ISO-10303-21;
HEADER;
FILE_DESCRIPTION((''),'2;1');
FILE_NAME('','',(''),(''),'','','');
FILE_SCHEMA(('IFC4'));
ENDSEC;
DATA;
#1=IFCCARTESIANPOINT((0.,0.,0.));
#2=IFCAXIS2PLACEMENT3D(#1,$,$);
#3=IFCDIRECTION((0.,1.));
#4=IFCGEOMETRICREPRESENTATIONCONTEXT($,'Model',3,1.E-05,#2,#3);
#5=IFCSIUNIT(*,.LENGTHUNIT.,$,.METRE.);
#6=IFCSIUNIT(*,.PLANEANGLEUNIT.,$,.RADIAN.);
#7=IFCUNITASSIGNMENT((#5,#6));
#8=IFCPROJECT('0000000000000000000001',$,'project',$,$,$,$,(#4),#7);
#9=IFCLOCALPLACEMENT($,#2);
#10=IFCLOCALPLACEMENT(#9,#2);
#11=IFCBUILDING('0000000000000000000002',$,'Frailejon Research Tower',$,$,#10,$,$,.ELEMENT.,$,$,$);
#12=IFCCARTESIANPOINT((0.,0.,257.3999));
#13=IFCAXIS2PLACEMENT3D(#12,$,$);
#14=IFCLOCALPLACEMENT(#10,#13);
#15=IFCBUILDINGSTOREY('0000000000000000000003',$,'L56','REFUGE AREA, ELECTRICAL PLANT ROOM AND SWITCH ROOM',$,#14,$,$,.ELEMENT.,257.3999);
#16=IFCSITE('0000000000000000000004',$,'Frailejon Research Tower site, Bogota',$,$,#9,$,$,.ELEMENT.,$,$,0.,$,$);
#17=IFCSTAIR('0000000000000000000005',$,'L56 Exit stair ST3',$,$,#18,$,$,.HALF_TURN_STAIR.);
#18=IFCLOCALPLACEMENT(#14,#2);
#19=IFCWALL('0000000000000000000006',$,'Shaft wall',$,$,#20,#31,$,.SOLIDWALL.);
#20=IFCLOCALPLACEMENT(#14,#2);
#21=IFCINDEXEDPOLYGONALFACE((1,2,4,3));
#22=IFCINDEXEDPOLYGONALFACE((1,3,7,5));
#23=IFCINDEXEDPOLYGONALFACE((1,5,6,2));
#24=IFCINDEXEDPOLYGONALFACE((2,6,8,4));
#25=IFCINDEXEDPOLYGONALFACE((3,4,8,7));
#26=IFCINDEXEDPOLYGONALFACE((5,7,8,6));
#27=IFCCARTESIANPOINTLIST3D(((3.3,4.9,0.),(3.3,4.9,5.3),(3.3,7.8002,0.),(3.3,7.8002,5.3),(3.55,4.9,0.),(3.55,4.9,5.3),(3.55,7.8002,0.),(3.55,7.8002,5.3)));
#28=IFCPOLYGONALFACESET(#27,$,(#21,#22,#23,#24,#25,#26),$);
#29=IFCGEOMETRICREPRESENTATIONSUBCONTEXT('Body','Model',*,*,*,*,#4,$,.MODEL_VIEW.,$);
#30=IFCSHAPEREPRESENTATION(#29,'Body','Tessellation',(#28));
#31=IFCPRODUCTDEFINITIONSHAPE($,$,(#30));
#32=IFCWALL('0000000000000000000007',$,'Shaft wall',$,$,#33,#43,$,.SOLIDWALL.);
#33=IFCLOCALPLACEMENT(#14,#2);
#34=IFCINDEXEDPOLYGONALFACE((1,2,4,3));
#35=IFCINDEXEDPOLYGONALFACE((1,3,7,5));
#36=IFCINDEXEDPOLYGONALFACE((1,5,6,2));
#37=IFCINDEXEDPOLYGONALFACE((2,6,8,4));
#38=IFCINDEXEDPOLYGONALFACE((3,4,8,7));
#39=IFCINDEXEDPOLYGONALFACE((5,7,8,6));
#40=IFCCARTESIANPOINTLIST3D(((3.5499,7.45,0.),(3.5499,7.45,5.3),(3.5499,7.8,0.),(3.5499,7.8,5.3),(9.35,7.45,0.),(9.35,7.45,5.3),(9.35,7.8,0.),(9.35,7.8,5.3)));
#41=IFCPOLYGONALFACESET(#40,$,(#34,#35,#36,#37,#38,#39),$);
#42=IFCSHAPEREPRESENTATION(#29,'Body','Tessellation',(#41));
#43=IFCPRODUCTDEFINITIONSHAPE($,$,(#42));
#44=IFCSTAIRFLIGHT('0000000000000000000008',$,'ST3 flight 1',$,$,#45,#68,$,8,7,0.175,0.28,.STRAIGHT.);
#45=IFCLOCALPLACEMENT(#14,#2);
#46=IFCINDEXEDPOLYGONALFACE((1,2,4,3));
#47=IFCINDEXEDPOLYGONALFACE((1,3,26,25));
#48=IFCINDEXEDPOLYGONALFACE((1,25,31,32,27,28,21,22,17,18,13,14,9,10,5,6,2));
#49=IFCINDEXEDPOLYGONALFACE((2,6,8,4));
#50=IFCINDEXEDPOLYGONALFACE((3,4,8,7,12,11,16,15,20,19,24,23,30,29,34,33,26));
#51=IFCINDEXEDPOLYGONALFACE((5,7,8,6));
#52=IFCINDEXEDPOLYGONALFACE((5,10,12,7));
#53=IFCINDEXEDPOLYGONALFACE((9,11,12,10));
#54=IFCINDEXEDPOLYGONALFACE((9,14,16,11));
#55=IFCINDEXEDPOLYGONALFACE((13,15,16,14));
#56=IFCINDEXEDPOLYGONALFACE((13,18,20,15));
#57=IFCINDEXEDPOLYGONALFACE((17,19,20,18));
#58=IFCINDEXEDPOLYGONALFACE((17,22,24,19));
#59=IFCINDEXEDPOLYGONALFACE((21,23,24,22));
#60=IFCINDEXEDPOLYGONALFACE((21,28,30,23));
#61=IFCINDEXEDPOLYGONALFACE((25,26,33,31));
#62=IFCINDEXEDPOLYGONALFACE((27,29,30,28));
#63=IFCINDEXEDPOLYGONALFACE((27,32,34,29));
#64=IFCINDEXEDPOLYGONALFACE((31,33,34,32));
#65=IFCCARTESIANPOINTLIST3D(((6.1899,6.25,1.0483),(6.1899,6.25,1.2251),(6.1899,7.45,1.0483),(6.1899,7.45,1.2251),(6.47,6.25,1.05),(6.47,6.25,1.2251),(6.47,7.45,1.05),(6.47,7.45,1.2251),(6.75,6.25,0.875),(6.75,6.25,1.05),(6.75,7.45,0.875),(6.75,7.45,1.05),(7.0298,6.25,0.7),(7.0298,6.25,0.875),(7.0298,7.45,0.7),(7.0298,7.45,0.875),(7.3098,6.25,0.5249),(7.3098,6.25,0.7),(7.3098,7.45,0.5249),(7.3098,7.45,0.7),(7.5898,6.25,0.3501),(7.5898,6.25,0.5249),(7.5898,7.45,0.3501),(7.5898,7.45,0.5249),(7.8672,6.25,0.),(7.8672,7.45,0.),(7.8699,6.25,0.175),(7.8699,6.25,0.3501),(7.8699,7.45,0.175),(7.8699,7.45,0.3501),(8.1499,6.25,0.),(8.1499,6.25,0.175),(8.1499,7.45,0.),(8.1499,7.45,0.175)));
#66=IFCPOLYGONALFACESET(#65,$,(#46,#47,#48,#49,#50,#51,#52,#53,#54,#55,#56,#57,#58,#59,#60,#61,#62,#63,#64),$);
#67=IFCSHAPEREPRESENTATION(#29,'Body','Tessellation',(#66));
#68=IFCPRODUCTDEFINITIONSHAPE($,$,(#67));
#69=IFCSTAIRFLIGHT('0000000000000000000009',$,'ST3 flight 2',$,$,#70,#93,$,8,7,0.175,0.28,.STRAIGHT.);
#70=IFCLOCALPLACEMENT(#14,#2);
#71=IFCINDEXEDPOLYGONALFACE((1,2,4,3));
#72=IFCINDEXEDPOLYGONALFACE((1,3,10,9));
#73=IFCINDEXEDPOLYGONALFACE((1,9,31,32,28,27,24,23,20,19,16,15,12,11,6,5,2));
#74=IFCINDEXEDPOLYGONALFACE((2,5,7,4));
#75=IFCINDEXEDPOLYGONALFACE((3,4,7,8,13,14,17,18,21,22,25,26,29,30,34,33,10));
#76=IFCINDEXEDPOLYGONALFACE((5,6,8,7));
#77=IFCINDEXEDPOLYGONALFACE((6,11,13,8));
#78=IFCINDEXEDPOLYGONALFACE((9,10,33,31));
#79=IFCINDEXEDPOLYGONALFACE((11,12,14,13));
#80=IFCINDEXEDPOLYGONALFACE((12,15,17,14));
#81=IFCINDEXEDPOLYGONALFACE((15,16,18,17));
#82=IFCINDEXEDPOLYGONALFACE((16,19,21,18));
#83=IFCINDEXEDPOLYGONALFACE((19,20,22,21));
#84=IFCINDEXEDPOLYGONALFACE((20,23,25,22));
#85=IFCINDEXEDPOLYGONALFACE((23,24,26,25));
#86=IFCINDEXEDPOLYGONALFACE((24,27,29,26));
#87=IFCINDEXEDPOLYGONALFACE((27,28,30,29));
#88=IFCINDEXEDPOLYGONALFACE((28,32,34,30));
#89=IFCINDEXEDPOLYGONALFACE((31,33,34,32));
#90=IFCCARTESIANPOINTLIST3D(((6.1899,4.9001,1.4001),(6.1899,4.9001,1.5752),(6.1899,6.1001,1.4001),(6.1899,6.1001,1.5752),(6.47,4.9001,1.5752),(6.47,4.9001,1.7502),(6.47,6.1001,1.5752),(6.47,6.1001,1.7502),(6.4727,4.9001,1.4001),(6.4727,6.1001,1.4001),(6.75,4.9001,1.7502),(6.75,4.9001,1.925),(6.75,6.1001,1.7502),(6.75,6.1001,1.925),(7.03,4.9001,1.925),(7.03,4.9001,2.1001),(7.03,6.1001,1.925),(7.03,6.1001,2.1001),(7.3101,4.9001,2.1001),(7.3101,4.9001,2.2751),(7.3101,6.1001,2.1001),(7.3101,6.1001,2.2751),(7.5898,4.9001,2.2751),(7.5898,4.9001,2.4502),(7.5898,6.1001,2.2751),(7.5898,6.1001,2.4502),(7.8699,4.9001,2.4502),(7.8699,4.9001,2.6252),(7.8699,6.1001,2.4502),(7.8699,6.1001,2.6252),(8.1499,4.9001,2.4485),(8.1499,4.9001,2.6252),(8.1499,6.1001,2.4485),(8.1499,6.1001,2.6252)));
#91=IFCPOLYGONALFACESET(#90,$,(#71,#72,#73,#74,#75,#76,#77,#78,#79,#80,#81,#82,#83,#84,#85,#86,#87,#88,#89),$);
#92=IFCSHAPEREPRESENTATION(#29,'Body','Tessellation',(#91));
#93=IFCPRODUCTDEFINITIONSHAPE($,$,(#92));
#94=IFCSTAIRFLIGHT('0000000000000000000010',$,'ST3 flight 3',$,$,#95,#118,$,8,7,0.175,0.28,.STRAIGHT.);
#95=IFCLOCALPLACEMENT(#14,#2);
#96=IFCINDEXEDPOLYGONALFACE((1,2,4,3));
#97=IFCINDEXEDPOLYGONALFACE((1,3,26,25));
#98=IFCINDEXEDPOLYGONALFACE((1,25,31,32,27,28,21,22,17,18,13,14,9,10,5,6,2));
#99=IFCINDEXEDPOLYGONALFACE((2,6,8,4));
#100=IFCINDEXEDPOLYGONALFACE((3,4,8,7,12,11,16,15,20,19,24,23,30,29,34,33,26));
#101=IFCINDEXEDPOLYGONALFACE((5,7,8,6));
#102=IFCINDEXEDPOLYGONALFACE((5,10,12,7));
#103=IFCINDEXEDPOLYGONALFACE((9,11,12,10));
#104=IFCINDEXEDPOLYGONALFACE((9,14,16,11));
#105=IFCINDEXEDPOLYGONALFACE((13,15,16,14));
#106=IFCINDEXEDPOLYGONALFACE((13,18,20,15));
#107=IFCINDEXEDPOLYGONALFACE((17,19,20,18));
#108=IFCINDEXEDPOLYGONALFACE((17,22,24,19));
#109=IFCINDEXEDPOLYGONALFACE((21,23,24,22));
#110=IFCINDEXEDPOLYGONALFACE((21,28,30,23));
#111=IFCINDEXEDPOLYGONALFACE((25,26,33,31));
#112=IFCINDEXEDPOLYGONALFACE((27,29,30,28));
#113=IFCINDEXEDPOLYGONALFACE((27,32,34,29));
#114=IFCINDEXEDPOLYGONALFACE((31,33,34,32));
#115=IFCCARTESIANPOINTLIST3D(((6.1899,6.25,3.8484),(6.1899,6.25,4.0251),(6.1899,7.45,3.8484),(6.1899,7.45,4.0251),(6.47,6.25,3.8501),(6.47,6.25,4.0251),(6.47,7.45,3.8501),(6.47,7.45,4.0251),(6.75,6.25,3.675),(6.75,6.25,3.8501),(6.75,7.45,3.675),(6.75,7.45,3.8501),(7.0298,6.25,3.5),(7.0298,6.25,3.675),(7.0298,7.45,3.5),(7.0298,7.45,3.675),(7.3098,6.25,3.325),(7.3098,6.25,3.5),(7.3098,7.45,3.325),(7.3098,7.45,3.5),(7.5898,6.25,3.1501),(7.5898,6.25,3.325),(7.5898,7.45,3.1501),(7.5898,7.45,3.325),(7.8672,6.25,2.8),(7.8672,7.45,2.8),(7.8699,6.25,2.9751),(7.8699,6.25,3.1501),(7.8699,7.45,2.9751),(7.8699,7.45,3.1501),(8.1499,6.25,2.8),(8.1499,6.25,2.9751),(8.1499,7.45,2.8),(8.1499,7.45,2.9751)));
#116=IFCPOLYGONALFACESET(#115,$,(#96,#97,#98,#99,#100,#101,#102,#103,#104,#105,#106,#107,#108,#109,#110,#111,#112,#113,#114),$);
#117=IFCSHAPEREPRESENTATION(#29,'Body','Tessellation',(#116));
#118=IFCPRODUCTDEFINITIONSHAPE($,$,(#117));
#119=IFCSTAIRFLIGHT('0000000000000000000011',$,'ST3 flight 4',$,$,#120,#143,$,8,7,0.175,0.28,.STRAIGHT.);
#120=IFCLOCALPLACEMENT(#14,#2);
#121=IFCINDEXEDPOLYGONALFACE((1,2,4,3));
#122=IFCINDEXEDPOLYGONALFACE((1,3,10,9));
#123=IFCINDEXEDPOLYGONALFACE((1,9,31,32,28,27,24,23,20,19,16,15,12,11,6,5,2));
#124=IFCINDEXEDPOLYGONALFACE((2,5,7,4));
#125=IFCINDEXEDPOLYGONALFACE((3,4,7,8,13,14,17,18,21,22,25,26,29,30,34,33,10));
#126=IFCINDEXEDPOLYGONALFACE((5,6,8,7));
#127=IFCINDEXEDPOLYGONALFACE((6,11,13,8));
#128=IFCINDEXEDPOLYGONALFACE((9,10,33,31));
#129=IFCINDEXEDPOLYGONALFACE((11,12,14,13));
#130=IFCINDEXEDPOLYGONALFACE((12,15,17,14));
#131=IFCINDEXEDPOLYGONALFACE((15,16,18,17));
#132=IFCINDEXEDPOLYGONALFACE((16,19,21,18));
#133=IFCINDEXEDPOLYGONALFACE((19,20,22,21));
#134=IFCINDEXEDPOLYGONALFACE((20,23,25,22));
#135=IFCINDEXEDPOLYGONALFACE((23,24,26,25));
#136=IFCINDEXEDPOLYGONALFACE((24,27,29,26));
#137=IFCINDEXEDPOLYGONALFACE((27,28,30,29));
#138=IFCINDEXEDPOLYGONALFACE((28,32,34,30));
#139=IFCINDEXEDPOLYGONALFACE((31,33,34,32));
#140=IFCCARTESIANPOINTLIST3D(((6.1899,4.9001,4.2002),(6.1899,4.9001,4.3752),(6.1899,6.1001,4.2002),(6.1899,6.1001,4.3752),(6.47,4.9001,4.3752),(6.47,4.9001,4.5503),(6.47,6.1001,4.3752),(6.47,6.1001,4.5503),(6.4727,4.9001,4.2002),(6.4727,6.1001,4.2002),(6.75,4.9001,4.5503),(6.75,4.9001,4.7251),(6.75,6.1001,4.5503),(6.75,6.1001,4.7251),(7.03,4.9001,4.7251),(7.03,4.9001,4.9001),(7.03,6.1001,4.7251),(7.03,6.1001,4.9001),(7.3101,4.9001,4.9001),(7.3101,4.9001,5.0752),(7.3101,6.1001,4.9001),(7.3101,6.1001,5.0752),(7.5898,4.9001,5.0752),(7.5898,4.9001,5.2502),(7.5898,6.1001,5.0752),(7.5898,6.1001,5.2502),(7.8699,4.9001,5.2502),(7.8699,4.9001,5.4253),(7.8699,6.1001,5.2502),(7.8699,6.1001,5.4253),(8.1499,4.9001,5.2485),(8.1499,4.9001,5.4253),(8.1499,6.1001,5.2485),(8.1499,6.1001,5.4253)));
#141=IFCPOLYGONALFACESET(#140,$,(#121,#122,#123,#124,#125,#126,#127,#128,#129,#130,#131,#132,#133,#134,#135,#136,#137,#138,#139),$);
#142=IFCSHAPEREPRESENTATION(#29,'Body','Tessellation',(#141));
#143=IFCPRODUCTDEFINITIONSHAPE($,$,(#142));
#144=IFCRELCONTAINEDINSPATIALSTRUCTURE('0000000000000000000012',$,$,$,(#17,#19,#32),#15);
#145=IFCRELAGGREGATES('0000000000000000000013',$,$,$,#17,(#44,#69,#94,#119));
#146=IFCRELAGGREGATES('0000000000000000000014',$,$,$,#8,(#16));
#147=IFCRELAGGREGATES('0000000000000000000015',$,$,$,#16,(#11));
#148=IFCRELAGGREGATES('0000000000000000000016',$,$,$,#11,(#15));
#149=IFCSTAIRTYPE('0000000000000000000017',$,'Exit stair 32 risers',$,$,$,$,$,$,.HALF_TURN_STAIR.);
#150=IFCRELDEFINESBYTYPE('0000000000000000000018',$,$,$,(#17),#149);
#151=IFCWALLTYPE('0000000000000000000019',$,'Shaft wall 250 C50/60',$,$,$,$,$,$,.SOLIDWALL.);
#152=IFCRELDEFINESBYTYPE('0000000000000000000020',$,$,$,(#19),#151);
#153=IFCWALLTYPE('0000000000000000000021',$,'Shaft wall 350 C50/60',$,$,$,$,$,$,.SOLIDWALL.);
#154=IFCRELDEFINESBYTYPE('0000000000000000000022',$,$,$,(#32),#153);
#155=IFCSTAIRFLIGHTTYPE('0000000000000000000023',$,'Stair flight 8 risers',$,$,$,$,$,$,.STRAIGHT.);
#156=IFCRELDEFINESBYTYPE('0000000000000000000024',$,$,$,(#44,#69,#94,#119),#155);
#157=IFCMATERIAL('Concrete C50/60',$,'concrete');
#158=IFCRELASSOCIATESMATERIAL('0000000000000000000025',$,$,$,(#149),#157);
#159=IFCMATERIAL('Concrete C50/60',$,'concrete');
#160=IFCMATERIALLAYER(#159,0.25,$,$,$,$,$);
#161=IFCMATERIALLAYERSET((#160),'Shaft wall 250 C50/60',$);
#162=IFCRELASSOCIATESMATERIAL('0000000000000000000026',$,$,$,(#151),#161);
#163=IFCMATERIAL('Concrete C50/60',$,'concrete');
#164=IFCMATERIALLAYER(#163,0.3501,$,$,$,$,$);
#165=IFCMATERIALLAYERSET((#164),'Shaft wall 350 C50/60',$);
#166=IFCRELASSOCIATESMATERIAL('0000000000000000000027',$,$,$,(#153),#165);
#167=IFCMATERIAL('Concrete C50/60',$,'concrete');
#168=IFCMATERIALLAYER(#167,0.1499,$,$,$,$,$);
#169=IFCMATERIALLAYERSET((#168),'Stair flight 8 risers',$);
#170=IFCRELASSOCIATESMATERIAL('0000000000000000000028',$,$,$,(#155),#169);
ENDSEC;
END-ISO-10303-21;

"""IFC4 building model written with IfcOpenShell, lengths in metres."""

from ifc_helpers import new_model, si_unit, direction, frame, frame_2d, origin, place, context, subcontext, project, spatial, polyline, rectangle, outline, extrude, material, layer, layer_set, type_object, element, aggregate, save


model = new_model("IFC4")

# Units and contexts
model_context = context("Model", 3, precision=1e-05, world=origin(), true_north=direction((0.0, 1.0)))
body_context = subcontext(model_context, "Body", "Model", "MODEL_VIEW")
ifc_project = project(units=[si_unit("LENGTHUNIT", "METRE"), si_unit("PLANEANGLEUNIT", "RADIAN")], contexts=[model_context])

# Site, building, storey
site_placement = place(None, origin())
site = spatial("IfcSite", under=ifc_project, at=site_placement, Name="Frailejon Research Tower site, Bogota", CompositionType="ELEMENT", RefElevation=0.0)
building_placement = place(site_placement, origin())
building = spatial("IfcBuilding", under=site, at=building_placement, Name="Frailejon Research Tower", CompositionType="ELEMENT")
storey_placement = place(building_placement, frame((0.0, 0.0, 257.3999)))
storey = spatial("IfcBuildingStorey", under=building, at=storey_placement, Name="L56", Description="REFUGE AREA, ELECTRICAL PLANT ROOM AND SWITCH ROOM", CompositionType="ELEMENT", Elevation=257.3999)

# Shared definitions
ifc_material_1 = material(Name="Concrete C50/60", Category="concrete")
stair_type = type_object("IfcStairType", Name="Exit stair 32 risers", PredefinedType="HALF_TURN_STAIR", material=ifc_material_1)

# Stair
stair_1_placement = place(storey_placement, origin())
stair_1 = element("IfcStair", 1, at=stair_1_placement, inside=storey, type_object=stair_type, Name="L56 Exit stair ST3", PredefinedType="HALF_TURN_STAIR")

# Walls
ifc_material_2 = material(Name="Concrete C50/60", Category="concrete")
ifc_layer_1 = layer(ifc_material_2, 0.25)
ifc_layer_set_1 = layer_set([ifc_layer_1], Name="Shaft wall 250 C50/60")
wall_type_1 = type_object("IfcWallType", Name="Shaft wall 250 C50/60", PredefinedType="SOLIDWALL", material=ifc_layer_set_1)
wall_1_placement = place(storey_placement, frame((3.425, 4.8999, 0.0), z_axis=(0.0, 0.0, 1.0), x_axis=(0.0, 1.0, 0.0)))
element("IfcWall", 2, at=wall_1_placement, inside=storey, type_object=wall_type_1, Name="Shaft wall", PredefinedType="SOLIDWALL", context=body_context, shape_type="SweptSolid", body=[
    extrude(rectangle(XDim=2.9001, YDim=0.25, at=frame_2d((1.4502, 0.0))), origin(), (0.0, 0.0, 1.0), 5.3),
])
ifc_material_3 = material(Name="Concrete C50/60", Category="concrete")
ifc_layer_2 = layer(ifc_material_3, 0.3501)
ifc_layer_set_2 = layer_set([ifc_layer_2], Name="Shaft wall 350 C50/60")
wall_type_2 = type_object("IfcWallType", Name="Shaft wall 350 C50/60", PredefinedType="SOLIDWALL", material=ifc_layer_set_2)
wall_2_placement = place(storey_placement, frame((3.55, 7.625, 0.0), z_axis=(0.0, 0.0, 1.0), x_axis=(1.0, 0.0, 0.0)))
element("IfcWall", 3, at=wall_2_placement, inside=storey, type_object=wall_type_2, Name="Shaft wall", PredefinedType="SOLIDWALL", context=body_context, shape_type="SweptSolid", body=[
    extrude(rectangle(XDim=5.8, YDim=0.3501, at=frame_2d((2.8999, 0.0))), origin(), (0.0, 0.0, 1.0), 5.3),
])

# Stair flights
ifc_material_4 = material(Name="Concrete C50/60", Category="concrete")
ifc_layer_3 = layer(ifc_material_4, 0.1499)
ifc_layer_set_3 = layer_set([ifc_layer_3], Name="Stair flight 8 risers")
stair_flight_type = type_object("IfcStairFlightType", Name="Stair flight 8 risers", PredefinedType="STRAIGHT", material=ifc_layer_set_3)
stair_flight_1_placement = place(storey_placement, frame((8.1499, 6.8501, 0.0), z_axis=(0.0, 0.0, 1.0), x_axis=(-1.0, 0.0, 0.0)))
stair_flight_1 = element("IfcStairFlight", 4, at=stair_flight_1_placement, type_object=stair_flight_type, Name="ST3 flight 1", NumberOfRisers=8, NumberOfTreads=7, PredefinedType="STRAIGHT", RiserHeight=0.175, TreadLength=0.28, context=body_context, shape_type="SweptSolid", body=[
    extrude(outline(polyline([(0.0, 0.0), (0.0, 0.175), (0.28, 0.175), (0.28, 0.3501), (0.5601, 0.3501), (0.5601, 0.5249), (0.8401, 0.5249), (0.8401, 0.7), (1.1201, 0.7), (1.1201, 0.875), (1.3999, 0.875), (1.3999, 1.05), (1.6799, 1.05), (1.6799, 1.2251), (1.96, 1.2251), (1.96, 1.3999), (1.96, 1.0483), (0.2827, 0.0), (0.0, 0.0)])), frame((0.0, 0.6001, 0.0), z_axis=(0.0, -1.0, 0.0), x_axis=(1.0, 0.0, 0.0)), (0.0, 0.0, 1.0), 1.2),
])
stair_flight_2_placement = place(storey_placement, frame((6.1899, 5.5, 1.4001), z_axis=(0.0, 0.0, 1.0), x_axis=(1.0, 0.0, 0.0)))
stair_flight_2 = element("IfcStairFlight", 5, at=stair_flight_2_placement, type_object=stair_flight_type, Name="ST3 flight 2", NumberOfRisers=8, NumberOfTreads=7, PredefinedType="STRAIGHT", RiserHeight=0.175, TreadLength=0.28, context=body_context, shape_type="SweptSolid", body=[
    extrude(outline(polyline([(0.0, 0.0), (0.0, 0.175), (0.28, 0.175), (0.28, 0.3501), (0.5601, 0.3501), (0.5601, 0.5249), (0.8401, 0.5249), (0.8401, 0.7), (1.1201, 0.7), (1.1201, 0.875), (1.3999, 0.875), (1.3999, 1.05), (1.6799, 1.05), (1.6799, 1.2251), (1.96, 1.2251), (1.96, 1.3999), (1.96, 1.0483), (0.2827, 0.0), (0.0, 0.0)])), frame((0.0, 0.6001, 0.0), z_axis=(0.0, -1.0, 0.0), x_axis=(1.0, 0.0, 0.0)), (0.0, 0.0, 1.0), 1.2),
])
stair_flight_3_placement = place(storey_placement, frame((8.1499, 6.8501, 2.8), z_axis=(0.0, 0.0, 1.0), x_axis=(-1.0, 0.0, 0.0)))
stair_flight_3 = element("IfcStairFlight", 6, at=stair_flight_3_placement, type_object=stair_flight_type, Name="ST3 flight 3", NumberOfRisers=8, NumberOfTreads=7, PredefinedType="STRAIGHT", RiserHeight=0.175, TreadLength=0.28, context=body_context, shape_type="SweptSolid", body=[
    extrude(outline(polyline([(0.0, 0.0), (0.0, 0.175), (0.28, 0.175), (0.28, 0.3501), (0.5601, 0.3501), (0.5601, 0.5249), (0.8401, 0.5249), (0.8401, 0.7), (1.1201, 0.7), (1.1201, 0.875), (1.3999, 0.875), (1.3999, 1.05), (1.6799, 1.05), (1.6799, 1.2251), (1.96, 1.2251), (1.96, 1.3999), (1.96, 1.0483), (0.2827, 0.0), (0.0, 0.0)])), frame((0.0, 0.6001, 0.0), z_axis=(0.0, -1.0, 0.0), x_axis=(1.0, 0.0, 0.0)), (0.0, 0.0, 1.0), 1.2),
])
stair_flight_4_placement = place(storey_placement, frame((6.1899, 5.5, 4.2002), z_axis=(0.0, 0.0, 1.0), x_axis=(1.0, 0.0, 0.0)))
stair_flight_4 = element("IfcStairFlight", 7, at=stair_flight_4_placement, type_object=stair_flight_type, Name="ST3 flight 4", NumberOfRisers=8, NumberOfTreads=7, PredefinedType="STRAIGHT", RiserHeight=0.175, TreadLength=0.28, context=body_context, shape_type="SweptSolid", body=[
    extrude(outline(polyline([(0.0, 0.0), (0.0, 0.175), (0.28, 0.175), (0.28, 0.3501), (0.5601, 0.3501), (0.5601, 0.5249), (0.8401, 0.5249), (0.8401, 0.7), (1.1201, 0.7), (1.1201, 0.875), (1.3999, 0.875), (1.3999, 1.05), (1.6799, 1.05), (1.6799, 1.2251), (1.96, 1.2251), (1.96, 1.3999), (1.96, 1.0483), (0.2827, 0.0), (0.0, 0.0)])), frame((0.0, 0.6001, 0.0), z_axis=(0.0, -1.0, 0.0), x_axis=(1.0, 0.0, 0.0)), (0.0, 0.0, 1.0), 1.2),
])
aggregate(stair_1, [stair_flight_1, stair_flight_2, stair_flight_3, stair_flight_4])

save(model, "model.ifc")
